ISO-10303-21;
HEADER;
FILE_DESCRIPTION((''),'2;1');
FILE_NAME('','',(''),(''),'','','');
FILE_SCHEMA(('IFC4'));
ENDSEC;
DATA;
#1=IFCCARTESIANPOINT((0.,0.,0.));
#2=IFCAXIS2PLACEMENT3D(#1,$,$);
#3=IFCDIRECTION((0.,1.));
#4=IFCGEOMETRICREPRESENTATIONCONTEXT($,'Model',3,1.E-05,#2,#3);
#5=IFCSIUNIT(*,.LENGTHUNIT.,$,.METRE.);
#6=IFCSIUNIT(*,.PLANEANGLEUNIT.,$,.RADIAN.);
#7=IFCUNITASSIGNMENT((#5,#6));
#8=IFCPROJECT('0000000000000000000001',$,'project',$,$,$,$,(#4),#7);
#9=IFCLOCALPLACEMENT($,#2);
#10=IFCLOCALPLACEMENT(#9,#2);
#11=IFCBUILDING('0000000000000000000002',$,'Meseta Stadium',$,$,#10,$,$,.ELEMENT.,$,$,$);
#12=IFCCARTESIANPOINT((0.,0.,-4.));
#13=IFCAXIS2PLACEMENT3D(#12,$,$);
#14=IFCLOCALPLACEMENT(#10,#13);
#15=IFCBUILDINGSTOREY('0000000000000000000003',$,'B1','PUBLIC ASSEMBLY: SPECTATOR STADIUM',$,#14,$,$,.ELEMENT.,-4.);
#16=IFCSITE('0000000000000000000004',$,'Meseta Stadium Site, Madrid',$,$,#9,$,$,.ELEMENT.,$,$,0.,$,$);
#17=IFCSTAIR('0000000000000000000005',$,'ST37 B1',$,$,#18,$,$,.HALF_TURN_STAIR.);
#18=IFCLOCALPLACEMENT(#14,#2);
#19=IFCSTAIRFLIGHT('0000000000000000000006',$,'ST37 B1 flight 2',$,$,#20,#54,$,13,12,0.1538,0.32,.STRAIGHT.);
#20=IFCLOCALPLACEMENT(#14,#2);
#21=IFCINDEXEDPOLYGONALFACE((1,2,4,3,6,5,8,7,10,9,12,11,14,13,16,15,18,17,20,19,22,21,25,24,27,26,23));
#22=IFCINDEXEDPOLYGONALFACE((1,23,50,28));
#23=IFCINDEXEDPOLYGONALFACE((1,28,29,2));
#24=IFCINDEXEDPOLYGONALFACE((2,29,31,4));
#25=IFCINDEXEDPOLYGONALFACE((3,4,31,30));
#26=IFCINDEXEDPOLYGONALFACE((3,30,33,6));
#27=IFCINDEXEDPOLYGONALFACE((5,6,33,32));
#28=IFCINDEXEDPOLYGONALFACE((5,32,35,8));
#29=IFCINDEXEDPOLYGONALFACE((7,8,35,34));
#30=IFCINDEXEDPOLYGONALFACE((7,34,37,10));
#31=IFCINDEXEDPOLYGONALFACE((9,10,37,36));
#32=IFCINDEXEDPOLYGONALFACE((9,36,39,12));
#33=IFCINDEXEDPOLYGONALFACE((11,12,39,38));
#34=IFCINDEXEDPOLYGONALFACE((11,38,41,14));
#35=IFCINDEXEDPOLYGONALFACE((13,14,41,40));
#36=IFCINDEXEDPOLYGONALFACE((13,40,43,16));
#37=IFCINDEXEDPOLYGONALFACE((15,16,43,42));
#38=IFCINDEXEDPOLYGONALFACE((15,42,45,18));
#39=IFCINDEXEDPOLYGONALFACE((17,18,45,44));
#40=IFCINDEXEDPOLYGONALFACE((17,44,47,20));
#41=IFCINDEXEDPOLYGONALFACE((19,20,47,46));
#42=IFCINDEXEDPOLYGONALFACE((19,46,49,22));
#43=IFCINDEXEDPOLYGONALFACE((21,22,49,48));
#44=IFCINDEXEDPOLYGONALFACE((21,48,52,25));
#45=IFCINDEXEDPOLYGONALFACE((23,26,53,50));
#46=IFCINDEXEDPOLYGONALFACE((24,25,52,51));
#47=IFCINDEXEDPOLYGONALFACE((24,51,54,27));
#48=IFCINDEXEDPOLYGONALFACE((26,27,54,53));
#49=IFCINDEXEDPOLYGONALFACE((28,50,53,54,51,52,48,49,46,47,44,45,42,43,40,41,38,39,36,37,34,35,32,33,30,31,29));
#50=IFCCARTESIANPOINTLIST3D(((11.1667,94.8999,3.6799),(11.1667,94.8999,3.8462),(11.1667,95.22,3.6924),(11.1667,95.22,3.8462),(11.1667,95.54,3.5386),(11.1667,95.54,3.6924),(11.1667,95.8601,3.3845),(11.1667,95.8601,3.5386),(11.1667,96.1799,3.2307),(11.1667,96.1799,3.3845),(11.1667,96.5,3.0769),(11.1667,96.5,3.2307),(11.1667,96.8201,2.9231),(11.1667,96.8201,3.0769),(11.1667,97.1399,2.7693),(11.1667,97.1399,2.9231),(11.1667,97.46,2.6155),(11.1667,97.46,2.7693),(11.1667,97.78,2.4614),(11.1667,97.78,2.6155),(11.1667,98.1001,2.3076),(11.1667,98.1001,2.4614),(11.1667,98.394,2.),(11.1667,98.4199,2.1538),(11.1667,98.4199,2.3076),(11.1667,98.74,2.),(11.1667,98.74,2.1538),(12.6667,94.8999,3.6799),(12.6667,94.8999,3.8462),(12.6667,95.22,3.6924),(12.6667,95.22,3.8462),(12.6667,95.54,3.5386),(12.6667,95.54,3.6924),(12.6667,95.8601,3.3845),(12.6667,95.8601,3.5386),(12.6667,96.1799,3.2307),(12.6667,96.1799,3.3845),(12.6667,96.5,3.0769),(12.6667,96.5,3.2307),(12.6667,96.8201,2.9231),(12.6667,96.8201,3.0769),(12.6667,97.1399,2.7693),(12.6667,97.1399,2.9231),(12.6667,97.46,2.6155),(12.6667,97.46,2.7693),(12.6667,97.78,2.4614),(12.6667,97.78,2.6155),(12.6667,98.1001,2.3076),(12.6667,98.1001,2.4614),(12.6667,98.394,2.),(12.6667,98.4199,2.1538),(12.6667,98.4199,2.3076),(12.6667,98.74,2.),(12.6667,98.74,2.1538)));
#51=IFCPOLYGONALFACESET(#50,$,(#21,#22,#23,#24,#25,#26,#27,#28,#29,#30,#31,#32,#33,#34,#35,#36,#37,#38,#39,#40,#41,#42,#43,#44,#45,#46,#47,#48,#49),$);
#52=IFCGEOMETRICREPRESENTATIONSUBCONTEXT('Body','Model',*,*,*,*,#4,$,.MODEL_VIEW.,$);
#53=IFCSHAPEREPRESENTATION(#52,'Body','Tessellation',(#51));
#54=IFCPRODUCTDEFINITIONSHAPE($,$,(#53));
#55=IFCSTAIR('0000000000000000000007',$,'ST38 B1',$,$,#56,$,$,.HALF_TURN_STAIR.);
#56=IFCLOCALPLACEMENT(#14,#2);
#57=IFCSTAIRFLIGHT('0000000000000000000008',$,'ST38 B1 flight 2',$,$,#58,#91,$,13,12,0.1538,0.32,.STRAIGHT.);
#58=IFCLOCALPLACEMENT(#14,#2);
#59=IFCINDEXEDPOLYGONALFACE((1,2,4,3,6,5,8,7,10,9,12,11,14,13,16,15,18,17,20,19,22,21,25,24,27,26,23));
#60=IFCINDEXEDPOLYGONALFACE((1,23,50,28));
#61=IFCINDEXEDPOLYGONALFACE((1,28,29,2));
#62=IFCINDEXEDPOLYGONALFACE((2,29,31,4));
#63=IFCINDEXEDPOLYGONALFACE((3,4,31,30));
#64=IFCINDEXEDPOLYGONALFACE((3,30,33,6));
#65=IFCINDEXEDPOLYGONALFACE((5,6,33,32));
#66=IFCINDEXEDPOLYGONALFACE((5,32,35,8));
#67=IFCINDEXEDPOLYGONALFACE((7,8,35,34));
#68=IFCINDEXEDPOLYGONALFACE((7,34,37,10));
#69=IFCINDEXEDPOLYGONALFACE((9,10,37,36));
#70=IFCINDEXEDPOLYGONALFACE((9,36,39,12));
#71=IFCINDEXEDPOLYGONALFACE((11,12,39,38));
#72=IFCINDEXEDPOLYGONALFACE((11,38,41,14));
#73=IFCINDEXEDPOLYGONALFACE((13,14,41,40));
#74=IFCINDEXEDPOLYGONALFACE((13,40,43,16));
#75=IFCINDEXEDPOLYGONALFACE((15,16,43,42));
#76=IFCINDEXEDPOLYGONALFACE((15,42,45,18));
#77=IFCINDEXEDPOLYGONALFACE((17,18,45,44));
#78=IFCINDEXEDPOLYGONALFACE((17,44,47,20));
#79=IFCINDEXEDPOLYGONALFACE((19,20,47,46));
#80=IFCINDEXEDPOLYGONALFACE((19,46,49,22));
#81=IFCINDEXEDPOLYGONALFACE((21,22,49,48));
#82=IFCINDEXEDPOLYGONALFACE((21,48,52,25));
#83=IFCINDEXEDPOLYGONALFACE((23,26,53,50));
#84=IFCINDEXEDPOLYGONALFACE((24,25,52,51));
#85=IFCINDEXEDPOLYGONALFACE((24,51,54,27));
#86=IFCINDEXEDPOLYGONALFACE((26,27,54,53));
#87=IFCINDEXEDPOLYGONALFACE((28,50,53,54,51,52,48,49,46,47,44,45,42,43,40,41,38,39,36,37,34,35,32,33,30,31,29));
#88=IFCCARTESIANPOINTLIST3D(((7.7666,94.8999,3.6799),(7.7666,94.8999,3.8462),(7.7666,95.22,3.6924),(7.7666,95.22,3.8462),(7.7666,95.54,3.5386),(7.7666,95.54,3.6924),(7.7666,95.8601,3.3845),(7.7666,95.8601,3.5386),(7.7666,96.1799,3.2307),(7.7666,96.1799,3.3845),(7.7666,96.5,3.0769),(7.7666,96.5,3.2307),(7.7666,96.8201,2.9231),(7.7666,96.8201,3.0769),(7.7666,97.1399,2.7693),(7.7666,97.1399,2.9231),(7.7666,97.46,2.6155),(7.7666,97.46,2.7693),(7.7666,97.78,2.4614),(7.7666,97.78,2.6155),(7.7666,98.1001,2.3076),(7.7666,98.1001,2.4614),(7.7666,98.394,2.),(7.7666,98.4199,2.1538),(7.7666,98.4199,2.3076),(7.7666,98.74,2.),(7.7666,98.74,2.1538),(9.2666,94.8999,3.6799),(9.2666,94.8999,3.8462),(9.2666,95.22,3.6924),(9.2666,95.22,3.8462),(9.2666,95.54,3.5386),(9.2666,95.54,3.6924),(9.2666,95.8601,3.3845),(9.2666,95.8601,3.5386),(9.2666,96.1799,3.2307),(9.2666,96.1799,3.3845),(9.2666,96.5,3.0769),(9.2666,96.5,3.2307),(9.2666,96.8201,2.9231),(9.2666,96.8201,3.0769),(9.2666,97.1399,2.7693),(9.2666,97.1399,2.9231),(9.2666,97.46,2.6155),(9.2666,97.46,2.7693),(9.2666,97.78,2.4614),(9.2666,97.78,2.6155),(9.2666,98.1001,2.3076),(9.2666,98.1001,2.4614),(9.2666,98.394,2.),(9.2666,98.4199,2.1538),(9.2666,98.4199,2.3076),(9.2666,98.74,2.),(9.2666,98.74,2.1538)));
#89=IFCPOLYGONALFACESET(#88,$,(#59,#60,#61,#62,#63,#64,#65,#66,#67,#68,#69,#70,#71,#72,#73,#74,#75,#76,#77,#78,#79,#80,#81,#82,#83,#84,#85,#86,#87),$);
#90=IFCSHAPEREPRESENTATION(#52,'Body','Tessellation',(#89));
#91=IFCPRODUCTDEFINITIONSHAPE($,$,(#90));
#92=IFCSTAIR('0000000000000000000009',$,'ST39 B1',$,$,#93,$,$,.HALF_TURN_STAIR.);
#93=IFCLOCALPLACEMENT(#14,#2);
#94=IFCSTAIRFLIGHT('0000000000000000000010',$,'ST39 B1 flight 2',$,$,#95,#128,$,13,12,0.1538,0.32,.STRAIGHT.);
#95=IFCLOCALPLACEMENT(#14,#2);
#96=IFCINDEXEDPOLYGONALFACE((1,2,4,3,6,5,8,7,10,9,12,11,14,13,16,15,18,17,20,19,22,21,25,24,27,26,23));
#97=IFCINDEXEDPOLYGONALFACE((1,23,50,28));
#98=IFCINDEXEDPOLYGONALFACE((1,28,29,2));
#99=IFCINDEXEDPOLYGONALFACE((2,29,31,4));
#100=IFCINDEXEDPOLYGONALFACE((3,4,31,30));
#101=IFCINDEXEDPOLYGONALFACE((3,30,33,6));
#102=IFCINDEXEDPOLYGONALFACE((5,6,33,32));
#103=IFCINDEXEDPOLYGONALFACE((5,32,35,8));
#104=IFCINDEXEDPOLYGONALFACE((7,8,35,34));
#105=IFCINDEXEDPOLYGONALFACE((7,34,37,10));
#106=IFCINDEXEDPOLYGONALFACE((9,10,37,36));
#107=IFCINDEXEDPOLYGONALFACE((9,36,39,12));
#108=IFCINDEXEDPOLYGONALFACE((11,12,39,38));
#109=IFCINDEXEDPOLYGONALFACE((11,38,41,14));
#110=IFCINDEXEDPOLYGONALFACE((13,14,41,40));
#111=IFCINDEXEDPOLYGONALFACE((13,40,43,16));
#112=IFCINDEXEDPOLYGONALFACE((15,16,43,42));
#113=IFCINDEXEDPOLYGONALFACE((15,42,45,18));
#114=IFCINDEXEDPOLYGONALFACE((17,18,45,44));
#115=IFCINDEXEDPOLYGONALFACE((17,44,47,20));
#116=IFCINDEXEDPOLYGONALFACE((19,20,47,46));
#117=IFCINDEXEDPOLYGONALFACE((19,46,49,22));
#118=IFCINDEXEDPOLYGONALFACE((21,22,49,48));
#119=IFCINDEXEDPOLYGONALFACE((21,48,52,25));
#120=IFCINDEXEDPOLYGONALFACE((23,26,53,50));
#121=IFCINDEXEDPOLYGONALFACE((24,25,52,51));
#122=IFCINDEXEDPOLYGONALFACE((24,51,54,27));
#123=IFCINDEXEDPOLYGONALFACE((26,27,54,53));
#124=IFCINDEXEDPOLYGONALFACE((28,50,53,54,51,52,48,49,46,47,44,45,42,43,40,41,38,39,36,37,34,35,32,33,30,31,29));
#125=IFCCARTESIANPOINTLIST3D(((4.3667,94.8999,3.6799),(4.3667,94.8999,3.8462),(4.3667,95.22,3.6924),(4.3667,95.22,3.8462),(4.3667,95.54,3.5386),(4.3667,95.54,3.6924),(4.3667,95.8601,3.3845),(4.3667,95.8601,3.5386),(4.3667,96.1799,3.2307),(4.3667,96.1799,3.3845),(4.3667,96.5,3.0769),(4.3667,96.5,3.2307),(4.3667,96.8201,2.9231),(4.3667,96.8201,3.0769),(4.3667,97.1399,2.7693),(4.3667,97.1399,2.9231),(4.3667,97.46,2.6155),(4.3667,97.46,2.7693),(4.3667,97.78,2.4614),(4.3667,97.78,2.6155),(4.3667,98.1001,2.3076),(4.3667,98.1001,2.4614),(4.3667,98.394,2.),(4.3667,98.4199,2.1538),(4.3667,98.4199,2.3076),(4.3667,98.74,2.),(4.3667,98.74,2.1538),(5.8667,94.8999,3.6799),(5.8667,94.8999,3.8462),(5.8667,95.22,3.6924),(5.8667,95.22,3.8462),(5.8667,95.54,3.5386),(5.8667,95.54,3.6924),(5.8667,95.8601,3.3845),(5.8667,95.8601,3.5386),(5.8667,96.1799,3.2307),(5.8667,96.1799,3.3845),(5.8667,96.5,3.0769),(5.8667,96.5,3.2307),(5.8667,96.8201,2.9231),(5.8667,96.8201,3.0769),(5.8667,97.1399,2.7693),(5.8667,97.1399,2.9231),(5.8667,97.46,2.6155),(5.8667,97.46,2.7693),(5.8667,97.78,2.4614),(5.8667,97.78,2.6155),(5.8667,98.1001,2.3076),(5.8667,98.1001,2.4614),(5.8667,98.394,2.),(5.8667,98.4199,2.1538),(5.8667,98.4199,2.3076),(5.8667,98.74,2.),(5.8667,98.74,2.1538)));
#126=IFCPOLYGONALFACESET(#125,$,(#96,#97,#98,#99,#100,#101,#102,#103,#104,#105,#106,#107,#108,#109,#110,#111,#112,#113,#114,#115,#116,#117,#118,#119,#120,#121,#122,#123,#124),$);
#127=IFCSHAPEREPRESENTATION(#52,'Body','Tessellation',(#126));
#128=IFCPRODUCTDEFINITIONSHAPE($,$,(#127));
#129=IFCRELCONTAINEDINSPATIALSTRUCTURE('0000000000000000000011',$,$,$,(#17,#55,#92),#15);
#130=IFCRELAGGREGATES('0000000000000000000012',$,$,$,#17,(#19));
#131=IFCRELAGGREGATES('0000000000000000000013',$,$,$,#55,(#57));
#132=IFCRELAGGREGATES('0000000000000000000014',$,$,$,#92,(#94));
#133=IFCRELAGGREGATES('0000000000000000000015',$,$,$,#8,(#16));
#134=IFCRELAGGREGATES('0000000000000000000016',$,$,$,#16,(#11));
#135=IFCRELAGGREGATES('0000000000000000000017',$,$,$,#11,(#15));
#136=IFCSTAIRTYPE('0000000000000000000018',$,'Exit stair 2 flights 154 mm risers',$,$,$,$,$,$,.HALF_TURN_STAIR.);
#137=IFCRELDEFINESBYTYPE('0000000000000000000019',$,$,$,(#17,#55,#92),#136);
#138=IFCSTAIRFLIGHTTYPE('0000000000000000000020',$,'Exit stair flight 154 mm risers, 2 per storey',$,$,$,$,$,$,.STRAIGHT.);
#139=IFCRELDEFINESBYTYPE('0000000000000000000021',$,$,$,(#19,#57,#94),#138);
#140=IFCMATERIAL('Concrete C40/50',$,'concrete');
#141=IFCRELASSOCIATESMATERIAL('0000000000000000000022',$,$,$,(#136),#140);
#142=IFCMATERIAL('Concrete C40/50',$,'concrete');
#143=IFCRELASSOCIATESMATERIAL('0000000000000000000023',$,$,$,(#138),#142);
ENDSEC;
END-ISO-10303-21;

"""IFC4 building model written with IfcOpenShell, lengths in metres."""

from ifc_helpers import new_model, si_unit, direction, frame, origin, place, context, subcontext, project, spatial, polyline, outline, extrude, material, type_object, element, aggregate, save


model = new_model("IFC4")

# Units and contexts
model_context = context("Model", 3, precision=1e-05, world=origin(), true_north=direction((0.0, 1.0)))
body_context = subcontext(model_context, "Body", "Model", "MODEL_VIEW")
ifc_project = project(units=[si_unit("LENGTHUNIT", "METRE"), si_unit("PLANEANGLEUNIT", "RADIAN")], contexts=[model_context])

# Site, building, storey
site_placement = place(None, origin())
site = spatial("IfcSite", under=ifc_project, at=site_placement, Name="Meseta Stadium Site, Madrid", CompositionType="ELEMENT", RefElevation=0.0)
building_placement = place(site_placement, origin())
building = spatial("IfcBuilding", under=site, at=building_placement, Name="Meseta Stadium", CompositionType="ELEMENT")
storey_placement = place(building_placement, frame((0.0, 0.0, -4.0)))
storey = spatial("IfcBuildingStorey", under=building, at=storey_placement, Name="B1", Description="PUBLIC ASSEMBLY: SPECTATOR STADIUM", CompositionType="ELEMENT", Elevation=-4.0)

# Stairs, stair flights
ifc_material_1 = material(Name="Concrete C40/50", Category="concrete")
stair_type = type_object("IfcStairType", Name="Exit stair 2 flights 154 mm risers", PredefinedType="HALF_TURN_STAIR", material=ifc_material_1)
stair_1_placement = place(storey_placement, origin())
stair_1 = element("IfcStair", 1, at=stair_1_placement, inside=storey, type_object=stair_type, Name="ST37 B1", PredefinedType="HALF_TURN_STAIR")
ifc_material_2 = material(Name="Concrete C40/50", Category="concrete")
stair_flight_type = type_object("IfcStairFlightType", Name="Exit stair flight 154 mm risers, 2 per storey", PredefinedType="STRAIGHT", material=ifc_material_2)
stair_flight_1_placement = place(storey_placement, frame((11.9167, 98.74, 2.0), z_axis=(0.0, 0.0, 1.0), x_axis=(0.0, -1.0, 0.0)))
stair_flight_1 = element("IfcStairFlight", 2, at=stair_flight_1_placement, type_object=stair_flight_type, Name="ST37 B1 flight 2", NumberOfRisers=13, NumberOfTreads=12, PredefinedType="STRAIGHT", RiserHeight=0.1538, TreadLength=0.32, context=body_context, shape_type="SweptSolid", body=[
    extrude(outline(polyline([(0.0, 0.0), (0.0, 0.1538), (0.3201, 0.1538), (0.3201, 0.3076), (0.6399, 0.3076), (0.6399, 0.4614), (0.96, 0.4614), (0.96, 0.6155), (1.28, 0.6155), (1.28, 0.7693), (1.6001, 0.7693), (1.6001, 0.9231), (1.9199, 0.9231), (1.9199, 1.0769), (2.24, 1.0769), (2.24, 1.2307), (2.5601, 1.2307), (2.5601, 1.3845), (2.8799, 1.3845), (2.8799, 1.5386), (3.2, 1.5386), (3.2, 1.6924), (3.52, 1.6924), (3.52, 1.8462), (3.8401, 1.8462), (3.8401, 1.6799), (0.3459, 0.0), (0.0, 0.0)])), frame((0.0, 0.75, 0.0), z_axis=(0.0, -1.0, 0.0), x_axis=(1.0, 0.0, 0.0)), (0.0, 0.0, 1.0), 1.5),
])
aggregate(stair_1, [stair_flight_1])
stair_2_placement = place(storey_placement, origin())
stair_2 = element("IfcStair", 3, at=stair_2_placement, inside=storey, type_object=stair_type, Name="ST38 B1", PredefinedType="HALF_TURN_STAIR")
stair_flight_2_placement = place(storey_placement, frame((8.5166, 98.74, 2.0), z_axis=(0.0, 0.0, 1.0), x_axis=(0.0, -1.0, 0.0)))
stair_flight_2 = element("IfcStairFlight", 4, at=stair_flight_2_placement, type_object=stair_flight_type, Name="ST38 B1 flight 2", NumberOfRisers=13, NumberOfTreads=12, PredefinedType="STRAIGHT", RiserHeight=0.1538, TreadLength=0.32, context=body_context, shape_type="SweptSolid", body=[
    extrude(outline(polyline([(0.0, 0.0), (0.0, 0.1538), (0.3201, 0.1538), (0.3201, 0.3076), (0.6399, 0.3076), (0.6399, 0.4614), (0.96, 0.4614), (0.96, 0.6155), (1.28, 0.6155), (1.28, 0.7693), (1.6001, 0.7693), (1.6001, 0.9231), (1.9199, 0.9231), (1.9199, 1.0769), (2.24, 1.0769), (2.24, 1.2307), (2.5601, 1.2307), (2.5601, 1.3845), (2.8799, 1.3845), (2.8799, 1.5386), (3.2, 1.5386), (3.2, 1.6924), (3.52, 1.6924), (3.52, 1.8462), (3.8401, 1.8462), (3.8401, 1.6799), (0.3459, 0.0), (0.0, 0.0)])), frame((0.0, 0.75, 0.0), z_axis=(0.0, -1.0, 0.0), x_axis=(1.0, 0.0, 0.0)), (0.0, 0.0, 1.0), 1.5),
])
aggregate(stair_2, [stair_flight_2])
stair_3_placement = place(storey_placement, origin())
stair_3 = element("IfcStair", 5, at=stair_3_placement, inside=storey, type_object=stair_type, Name="ST39 B1", PredefinedType="HALF_TURN_STAIR")
stair_flight_3_placement = place(storey_placement, frame((5.1167, 98.74, 2.0), z_axis=(0.0, 0.0, 1.0), x_axis=(0.0, -1.0, 0.0)))
stair_flight_3 = element("IfcStairFlight", 6, at=stair_flight_3_placement, type_object=stair_flight_type, Name="ST39 B1 flight 2", NumberOfRisers=13, NumberOfTreads=12, PredefinedType="STRAIGHT", RiserHeight=0.1538, TreadLength=0.32, context=body_context, shape_type="SweptSolid", body=[
    extrude(outline(polyline([(0.0, 0.0), (0.0, 0.1538), (0.3201, 0.1538), (0.3201, 0.3076), (0.6399, 0.3076), (0.6399, 0.4614), (0.96, 0.4614), (0.96, 0.6155), (1.28, 0.6155), (1.28, 0.7693), (1.6001, 0.7693), (1.6001, 0.9231), (1.9199, 0.9231), (1.9199, 1.0769), (2.24, 1.0769), (2.24, 1.2307), (2.5601, 1.2307), (2.5601, 1.3845), (2.8799, 1.3845), (2.8799, 1.5386), (3.2, 1.5386), (3.2, 1.6924), (3.52, 1.6924), (3.52, 1.8462), (3.8401, 1.8462), (3.8401, 1.6799), (0.3459, 0.0), (0.0, 0.0)])), frame((0.0, 0.75, 0.0), z_axis=(0.0, -1.0, 0.0), x_axis=(1.0, 0.0, 0.0)), (0.0, 0.0, 1.0), 1.5),
])
aggregate(stair_3, [stair_flight_3])

save(model, "model.ifc")
